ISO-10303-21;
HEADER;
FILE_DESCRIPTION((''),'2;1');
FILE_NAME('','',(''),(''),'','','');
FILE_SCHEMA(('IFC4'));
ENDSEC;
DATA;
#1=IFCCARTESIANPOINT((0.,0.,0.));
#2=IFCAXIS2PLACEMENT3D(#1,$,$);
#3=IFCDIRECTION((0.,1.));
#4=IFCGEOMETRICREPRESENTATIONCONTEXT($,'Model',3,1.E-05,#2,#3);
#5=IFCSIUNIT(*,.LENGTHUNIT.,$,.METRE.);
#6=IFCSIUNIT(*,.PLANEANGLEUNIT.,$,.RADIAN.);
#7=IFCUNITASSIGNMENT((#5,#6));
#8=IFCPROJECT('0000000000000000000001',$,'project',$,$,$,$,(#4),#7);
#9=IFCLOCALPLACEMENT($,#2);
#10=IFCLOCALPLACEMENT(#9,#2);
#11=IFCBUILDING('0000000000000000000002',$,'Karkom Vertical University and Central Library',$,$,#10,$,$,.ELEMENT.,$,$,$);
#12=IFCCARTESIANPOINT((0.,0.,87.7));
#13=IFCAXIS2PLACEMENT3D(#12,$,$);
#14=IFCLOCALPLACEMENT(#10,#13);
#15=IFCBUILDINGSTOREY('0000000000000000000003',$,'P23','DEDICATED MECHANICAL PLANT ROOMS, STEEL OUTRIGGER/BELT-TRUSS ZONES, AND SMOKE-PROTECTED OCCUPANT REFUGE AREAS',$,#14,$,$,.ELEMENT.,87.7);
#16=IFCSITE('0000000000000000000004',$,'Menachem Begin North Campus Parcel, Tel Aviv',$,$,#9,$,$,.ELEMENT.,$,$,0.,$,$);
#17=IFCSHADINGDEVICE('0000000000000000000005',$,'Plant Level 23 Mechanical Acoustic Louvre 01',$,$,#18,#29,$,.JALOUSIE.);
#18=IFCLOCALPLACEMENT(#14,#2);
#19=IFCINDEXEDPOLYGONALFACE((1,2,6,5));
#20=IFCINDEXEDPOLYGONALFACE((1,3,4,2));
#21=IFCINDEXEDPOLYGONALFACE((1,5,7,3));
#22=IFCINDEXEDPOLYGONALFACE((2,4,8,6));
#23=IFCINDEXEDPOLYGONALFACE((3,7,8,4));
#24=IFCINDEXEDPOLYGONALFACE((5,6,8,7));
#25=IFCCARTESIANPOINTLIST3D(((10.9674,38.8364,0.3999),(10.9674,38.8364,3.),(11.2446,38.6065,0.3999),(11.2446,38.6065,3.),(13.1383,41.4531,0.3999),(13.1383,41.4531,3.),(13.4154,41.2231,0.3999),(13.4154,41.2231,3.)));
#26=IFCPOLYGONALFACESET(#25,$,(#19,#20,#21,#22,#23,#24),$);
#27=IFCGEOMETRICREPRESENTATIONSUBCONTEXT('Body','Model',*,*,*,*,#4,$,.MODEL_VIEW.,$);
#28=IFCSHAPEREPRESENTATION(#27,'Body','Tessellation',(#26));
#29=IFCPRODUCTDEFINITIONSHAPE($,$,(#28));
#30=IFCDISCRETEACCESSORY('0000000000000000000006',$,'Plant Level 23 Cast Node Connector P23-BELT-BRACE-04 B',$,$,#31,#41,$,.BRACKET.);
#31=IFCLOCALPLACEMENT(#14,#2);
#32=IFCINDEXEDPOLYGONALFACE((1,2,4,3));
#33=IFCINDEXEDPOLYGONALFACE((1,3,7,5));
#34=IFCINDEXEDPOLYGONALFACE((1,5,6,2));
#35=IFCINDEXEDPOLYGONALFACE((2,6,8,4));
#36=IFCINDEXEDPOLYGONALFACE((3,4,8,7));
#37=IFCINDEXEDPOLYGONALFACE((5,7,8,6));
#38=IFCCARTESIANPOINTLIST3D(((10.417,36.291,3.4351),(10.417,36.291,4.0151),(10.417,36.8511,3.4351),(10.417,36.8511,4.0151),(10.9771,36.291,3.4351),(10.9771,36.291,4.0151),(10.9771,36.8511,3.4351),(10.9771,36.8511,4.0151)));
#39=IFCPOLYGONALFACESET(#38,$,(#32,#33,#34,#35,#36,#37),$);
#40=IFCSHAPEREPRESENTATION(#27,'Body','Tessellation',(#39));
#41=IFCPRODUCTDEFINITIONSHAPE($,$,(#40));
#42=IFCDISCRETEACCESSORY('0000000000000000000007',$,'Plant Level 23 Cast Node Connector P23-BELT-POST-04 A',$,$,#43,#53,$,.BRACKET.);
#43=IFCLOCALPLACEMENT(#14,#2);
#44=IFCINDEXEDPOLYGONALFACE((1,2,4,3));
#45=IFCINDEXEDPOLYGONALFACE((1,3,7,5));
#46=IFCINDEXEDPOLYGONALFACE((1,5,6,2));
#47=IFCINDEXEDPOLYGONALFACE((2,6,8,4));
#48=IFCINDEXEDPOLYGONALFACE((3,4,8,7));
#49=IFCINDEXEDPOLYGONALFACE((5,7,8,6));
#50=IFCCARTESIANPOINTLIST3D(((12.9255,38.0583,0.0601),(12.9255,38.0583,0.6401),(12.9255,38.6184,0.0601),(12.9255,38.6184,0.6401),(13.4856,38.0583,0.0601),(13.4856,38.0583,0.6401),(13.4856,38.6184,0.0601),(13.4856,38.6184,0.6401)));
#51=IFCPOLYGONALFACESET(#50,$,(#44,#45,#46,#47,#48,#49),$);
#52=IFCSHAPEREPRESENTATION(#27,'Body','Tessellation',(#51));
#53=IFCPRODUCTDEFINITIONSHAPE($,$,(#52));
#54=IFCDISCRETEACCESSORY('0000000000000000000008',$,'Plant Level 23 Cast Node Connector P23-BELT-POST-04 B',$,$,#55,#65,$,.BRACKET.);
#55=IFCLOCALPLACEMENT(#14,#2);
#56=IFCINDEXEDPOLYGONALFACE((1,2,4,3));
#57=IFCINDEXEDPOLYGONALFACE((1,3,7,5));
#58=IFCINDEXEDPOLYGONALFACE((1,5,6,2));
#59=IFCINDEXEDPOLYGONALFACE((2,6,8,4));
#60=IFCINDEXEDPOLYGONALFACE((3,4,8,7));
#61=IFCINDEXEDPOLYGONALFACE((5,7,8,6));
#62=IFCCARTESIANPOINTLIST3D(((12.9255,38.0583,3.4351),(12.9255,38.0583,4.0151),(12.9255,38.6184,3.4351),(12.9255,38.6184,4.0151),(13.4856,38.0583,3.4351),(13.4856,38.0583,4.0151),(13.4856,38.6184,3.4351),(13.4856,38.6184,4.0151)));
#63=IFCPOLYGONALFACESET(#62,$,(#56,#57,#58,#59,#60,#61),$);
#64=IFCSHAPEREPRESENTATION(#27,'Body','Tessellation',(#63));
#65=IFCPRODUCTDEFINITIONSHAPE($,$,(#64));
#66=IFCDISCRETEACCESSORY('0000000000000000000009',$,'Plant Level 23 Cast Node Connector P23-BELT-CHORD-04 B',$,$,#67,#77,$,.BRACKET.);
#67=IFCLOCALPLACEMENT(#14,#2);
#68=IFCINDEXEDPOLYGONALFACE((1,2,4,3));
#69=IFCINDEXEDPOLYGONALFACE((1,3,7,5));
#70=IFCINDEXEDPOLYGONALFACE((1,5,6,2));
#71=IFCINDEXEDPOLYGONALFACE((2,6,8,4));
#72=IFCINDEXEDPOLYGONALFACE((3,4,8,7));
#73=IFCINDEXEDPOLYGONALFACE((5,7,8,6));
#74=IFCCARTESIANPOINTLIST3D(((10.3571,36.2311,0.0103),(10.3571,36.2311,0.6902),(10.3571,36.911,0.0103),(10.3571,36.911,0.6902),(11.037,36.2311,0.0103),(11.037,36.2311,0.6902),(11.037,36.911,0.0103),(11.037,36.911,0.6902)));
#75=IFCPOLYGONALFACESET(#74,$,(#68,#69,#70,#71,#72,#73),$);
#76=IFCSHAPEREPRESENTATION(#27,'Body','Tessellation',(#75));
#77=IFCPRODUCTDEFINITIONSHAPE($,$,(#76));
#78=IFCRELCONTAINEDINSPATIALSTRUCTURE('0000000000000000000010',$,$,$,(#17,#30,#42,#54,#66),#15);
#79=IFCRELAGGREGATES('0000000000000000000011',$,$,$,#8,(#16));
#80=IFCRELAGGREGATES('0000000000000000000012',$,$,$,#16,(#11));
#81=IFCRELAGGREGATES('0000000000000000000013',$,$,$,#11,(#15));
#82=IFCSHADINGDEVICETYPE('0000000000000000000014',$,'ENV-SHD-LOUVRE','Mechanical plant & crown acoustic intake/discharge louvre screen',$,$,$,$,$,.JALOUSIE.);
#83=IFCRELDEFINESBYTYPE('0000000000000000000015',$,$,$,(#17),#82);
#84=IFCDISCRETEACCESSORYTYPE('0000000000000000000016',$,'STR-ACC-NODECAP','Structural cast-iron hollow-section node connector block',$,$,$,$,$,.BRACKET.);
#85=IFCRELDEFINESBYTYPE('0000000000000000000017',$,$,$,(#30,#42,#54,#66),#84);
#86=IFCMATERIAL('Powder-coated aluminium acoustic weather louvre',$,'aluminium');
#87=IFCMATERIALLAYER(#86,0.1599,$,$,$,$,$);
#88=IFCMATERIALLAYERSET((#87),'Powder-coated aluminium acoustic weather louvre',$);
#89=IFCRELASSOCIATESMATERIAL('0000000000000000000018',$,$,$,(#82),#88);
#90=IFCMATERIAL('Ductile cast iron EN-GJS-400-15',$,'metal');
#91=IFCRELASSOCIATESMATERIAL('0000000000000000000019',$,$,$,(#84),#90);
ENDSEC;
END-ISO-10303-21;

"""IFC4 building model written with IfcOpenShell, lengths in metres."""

from ifc_helpers import new_model, si_unit, direction, frame, origin, origin_with_axes, origin_2d, place, context, subcontext, project, spatial, rectangle, extrude, source, transform, mapped, material, layer, layer_set, type_object, element, save


model = new_model("IFC4")

# Units and contexts
model_context = context("Model", 3, precision=1e-05, world=origin(), true_north=direction((0.0, 1.0)))
body_context = subcontext(model_context, "Body", "Model", "MODEL_VIEW")
ifc_project = project(units=[si_unit("LENGTHUNIT", "METRE"), si_unit("PLANEANGLEUNIT", "RADIAN")], contexts=[model_context])

# Site, building, storey
site_placement = place(None, origin())
site = spatial("IfcSite", under=ifc_project, at=site_placement, Name="Menachem Begin North Campus Parcel, Tel Aviv", CompositionType="ELEMENT", RefElevation=0.0)
building_placement = place(site_placement, origin())
building = spatial("IfcBuilding", under=site, at=building_placement, Name="Karkom Vertical University and Central Library", CompositionType="ELEMENT")
storey_placement = place(building_placement, frame((0.0, 0.0, 87.7)))
storey = spatial("IfcBuildingStorey", under=building, at=storey_placement, Name="P23", Description="DEDICATED MECHANICAL PLANT ROOMS, STEEL OUTRIGGER/BELT-TRUSS ZONES, AND SMOKE-PROTECTED OCCUPANT REFUGE AREAS", CompositionType="ELEMENT", Elevation=87.7)

# Shading device
ifc_material_1 = material(Name="Powder-coated aluminium acoustic weather louvre", Category="aluminium")
ifc_layer_1 = layer(ifc_material_1, 0.1599)
ifc_layer_set_1 = layer_set([ifc_layer_1], Name="Powder-coated aluminium acoustic weather louvre")
shading_device_type = type_object("IfcShadingDeviceType", Name="ENV-SHD-LOUVRE", Description="Mechanical plant & crown acoustic intake/discharge louvre screen", PredefinedType="JALOUSIE", material=ifc_layer_set_1)
shared_shape_1 = source(origin_with_axes(), body_context, "Body", "SweptSolid", [
    extrude(rectangle(XDim=3.3999, YDim=0.3601, at=origin_2d()), origin(), (0.0, 0.0, 1.0), 2.6001),
])
shading_device_placement = place(storey_placement, frame((12.1914, 40.0298, 0.3999), z_axis=(0.0, 0.0, 1.0), x_axis=(-0.638499, -0.769622, 0.0)))
element("IfcShadingDevice", 1, at=shading_device_placement, inside=storey, type_object=shading_device_type, Name="Plant Level 23 Mechanical Acoustic Louvre 01", PredefinedType="JALOUSIE", context=body_context, shape_type="MappedRepresentation", body=[
    mapped(shared_shape_1, transform((0.0, 0.0, 0.0), scale=1.0)),
])

# Discrete accessories
ifc_material_2 = material(Name="Ductile cast iron EN-GJS-400-15", Category="metal")
discrete_accessory_type = type_object("IfcDiscreteAccessoryType", Name="STR-ACC-NODECAP", Description="Structural cast-iron hollow-section node connector block", PredefinedType="BRACKET", material=ifc_material_2)
shared_shape_2 = source(origin_with_axes(), body_context, "Body", "SweptSolid", [
    extrude(rectangle(XDim=0.5601, YDim=0.5601, at=origin_2d()), origin(), (0.0, 0.0, 1.0), 0.5801),
])
for number, where, z_axis, x_axis, name in (
    (2, (10.697, 36.571, 3.4351), (0.0, 0.0, 1.0), (1.0, 0.0, 0.0), "Plant Level 23 Cast Node Connector P23-BELT-BRACE-04 B"),
    (3, (13.2056, 38.3384, 0.0601), (0.0, 0.0, 1.0), (1.0, 0.0, 0.0), "Plant Level 23 Cast Node Connector P23-BELT-POST-04 A"),
    (4, (13.2056, 38.3384, 3.4351), (0.0, 0.0, 1.0), (1.0, 0.0, 0.0), "Plant Level 23 Cast Node Connector P23-BELT-POST-04 B"),
):
    element("IfcDiscreteAccessory", number, at=place(storey_placement, frame(where, z_axis=z_axis, x_axis=x_axis)), inside=storey, type_object=discrete_accessory_type, Name=name, PredefinedType="BRACKET", context=body_context, shape_type="MappedRepresentation", body=[
        mapped(shared_shape_2, transform((0.0, 0.0, 0.0), scale=1.0)),
    ])
shared_shape_3 = source(origin_with_axes(), body_context, "Body", "SweptSolid", [
    extrude(rectangle(XDim=0.6799, YDim=0.6799, at=origin_2d()), origin(), (0.0, 0.0, 1.0), 0.6799),
])
discrete_accessory_placement = place(storey_placement, frame((10.697, 36.571, 0.0103), z_axis=(0.0, 0.0, 1.0), x_axis=(1.0, 0.0, 0.0)))
element("IfcDiscreteAccessory", 5, at=discrete_accessory_placement, inside=storey, type_object=discrete_accessory_type, Name="Plant Level 23 Cast Node Connector P23-BELT-CHORD-04 B", PredefinedType="BRACKET", context=body_context, shape_type="MappedRepresentation", body=[
    mapped(shared_shape_3, transform((0.0, 0.0, 0.0), scale=1.0)),
])

save(model, "model.ifc")
